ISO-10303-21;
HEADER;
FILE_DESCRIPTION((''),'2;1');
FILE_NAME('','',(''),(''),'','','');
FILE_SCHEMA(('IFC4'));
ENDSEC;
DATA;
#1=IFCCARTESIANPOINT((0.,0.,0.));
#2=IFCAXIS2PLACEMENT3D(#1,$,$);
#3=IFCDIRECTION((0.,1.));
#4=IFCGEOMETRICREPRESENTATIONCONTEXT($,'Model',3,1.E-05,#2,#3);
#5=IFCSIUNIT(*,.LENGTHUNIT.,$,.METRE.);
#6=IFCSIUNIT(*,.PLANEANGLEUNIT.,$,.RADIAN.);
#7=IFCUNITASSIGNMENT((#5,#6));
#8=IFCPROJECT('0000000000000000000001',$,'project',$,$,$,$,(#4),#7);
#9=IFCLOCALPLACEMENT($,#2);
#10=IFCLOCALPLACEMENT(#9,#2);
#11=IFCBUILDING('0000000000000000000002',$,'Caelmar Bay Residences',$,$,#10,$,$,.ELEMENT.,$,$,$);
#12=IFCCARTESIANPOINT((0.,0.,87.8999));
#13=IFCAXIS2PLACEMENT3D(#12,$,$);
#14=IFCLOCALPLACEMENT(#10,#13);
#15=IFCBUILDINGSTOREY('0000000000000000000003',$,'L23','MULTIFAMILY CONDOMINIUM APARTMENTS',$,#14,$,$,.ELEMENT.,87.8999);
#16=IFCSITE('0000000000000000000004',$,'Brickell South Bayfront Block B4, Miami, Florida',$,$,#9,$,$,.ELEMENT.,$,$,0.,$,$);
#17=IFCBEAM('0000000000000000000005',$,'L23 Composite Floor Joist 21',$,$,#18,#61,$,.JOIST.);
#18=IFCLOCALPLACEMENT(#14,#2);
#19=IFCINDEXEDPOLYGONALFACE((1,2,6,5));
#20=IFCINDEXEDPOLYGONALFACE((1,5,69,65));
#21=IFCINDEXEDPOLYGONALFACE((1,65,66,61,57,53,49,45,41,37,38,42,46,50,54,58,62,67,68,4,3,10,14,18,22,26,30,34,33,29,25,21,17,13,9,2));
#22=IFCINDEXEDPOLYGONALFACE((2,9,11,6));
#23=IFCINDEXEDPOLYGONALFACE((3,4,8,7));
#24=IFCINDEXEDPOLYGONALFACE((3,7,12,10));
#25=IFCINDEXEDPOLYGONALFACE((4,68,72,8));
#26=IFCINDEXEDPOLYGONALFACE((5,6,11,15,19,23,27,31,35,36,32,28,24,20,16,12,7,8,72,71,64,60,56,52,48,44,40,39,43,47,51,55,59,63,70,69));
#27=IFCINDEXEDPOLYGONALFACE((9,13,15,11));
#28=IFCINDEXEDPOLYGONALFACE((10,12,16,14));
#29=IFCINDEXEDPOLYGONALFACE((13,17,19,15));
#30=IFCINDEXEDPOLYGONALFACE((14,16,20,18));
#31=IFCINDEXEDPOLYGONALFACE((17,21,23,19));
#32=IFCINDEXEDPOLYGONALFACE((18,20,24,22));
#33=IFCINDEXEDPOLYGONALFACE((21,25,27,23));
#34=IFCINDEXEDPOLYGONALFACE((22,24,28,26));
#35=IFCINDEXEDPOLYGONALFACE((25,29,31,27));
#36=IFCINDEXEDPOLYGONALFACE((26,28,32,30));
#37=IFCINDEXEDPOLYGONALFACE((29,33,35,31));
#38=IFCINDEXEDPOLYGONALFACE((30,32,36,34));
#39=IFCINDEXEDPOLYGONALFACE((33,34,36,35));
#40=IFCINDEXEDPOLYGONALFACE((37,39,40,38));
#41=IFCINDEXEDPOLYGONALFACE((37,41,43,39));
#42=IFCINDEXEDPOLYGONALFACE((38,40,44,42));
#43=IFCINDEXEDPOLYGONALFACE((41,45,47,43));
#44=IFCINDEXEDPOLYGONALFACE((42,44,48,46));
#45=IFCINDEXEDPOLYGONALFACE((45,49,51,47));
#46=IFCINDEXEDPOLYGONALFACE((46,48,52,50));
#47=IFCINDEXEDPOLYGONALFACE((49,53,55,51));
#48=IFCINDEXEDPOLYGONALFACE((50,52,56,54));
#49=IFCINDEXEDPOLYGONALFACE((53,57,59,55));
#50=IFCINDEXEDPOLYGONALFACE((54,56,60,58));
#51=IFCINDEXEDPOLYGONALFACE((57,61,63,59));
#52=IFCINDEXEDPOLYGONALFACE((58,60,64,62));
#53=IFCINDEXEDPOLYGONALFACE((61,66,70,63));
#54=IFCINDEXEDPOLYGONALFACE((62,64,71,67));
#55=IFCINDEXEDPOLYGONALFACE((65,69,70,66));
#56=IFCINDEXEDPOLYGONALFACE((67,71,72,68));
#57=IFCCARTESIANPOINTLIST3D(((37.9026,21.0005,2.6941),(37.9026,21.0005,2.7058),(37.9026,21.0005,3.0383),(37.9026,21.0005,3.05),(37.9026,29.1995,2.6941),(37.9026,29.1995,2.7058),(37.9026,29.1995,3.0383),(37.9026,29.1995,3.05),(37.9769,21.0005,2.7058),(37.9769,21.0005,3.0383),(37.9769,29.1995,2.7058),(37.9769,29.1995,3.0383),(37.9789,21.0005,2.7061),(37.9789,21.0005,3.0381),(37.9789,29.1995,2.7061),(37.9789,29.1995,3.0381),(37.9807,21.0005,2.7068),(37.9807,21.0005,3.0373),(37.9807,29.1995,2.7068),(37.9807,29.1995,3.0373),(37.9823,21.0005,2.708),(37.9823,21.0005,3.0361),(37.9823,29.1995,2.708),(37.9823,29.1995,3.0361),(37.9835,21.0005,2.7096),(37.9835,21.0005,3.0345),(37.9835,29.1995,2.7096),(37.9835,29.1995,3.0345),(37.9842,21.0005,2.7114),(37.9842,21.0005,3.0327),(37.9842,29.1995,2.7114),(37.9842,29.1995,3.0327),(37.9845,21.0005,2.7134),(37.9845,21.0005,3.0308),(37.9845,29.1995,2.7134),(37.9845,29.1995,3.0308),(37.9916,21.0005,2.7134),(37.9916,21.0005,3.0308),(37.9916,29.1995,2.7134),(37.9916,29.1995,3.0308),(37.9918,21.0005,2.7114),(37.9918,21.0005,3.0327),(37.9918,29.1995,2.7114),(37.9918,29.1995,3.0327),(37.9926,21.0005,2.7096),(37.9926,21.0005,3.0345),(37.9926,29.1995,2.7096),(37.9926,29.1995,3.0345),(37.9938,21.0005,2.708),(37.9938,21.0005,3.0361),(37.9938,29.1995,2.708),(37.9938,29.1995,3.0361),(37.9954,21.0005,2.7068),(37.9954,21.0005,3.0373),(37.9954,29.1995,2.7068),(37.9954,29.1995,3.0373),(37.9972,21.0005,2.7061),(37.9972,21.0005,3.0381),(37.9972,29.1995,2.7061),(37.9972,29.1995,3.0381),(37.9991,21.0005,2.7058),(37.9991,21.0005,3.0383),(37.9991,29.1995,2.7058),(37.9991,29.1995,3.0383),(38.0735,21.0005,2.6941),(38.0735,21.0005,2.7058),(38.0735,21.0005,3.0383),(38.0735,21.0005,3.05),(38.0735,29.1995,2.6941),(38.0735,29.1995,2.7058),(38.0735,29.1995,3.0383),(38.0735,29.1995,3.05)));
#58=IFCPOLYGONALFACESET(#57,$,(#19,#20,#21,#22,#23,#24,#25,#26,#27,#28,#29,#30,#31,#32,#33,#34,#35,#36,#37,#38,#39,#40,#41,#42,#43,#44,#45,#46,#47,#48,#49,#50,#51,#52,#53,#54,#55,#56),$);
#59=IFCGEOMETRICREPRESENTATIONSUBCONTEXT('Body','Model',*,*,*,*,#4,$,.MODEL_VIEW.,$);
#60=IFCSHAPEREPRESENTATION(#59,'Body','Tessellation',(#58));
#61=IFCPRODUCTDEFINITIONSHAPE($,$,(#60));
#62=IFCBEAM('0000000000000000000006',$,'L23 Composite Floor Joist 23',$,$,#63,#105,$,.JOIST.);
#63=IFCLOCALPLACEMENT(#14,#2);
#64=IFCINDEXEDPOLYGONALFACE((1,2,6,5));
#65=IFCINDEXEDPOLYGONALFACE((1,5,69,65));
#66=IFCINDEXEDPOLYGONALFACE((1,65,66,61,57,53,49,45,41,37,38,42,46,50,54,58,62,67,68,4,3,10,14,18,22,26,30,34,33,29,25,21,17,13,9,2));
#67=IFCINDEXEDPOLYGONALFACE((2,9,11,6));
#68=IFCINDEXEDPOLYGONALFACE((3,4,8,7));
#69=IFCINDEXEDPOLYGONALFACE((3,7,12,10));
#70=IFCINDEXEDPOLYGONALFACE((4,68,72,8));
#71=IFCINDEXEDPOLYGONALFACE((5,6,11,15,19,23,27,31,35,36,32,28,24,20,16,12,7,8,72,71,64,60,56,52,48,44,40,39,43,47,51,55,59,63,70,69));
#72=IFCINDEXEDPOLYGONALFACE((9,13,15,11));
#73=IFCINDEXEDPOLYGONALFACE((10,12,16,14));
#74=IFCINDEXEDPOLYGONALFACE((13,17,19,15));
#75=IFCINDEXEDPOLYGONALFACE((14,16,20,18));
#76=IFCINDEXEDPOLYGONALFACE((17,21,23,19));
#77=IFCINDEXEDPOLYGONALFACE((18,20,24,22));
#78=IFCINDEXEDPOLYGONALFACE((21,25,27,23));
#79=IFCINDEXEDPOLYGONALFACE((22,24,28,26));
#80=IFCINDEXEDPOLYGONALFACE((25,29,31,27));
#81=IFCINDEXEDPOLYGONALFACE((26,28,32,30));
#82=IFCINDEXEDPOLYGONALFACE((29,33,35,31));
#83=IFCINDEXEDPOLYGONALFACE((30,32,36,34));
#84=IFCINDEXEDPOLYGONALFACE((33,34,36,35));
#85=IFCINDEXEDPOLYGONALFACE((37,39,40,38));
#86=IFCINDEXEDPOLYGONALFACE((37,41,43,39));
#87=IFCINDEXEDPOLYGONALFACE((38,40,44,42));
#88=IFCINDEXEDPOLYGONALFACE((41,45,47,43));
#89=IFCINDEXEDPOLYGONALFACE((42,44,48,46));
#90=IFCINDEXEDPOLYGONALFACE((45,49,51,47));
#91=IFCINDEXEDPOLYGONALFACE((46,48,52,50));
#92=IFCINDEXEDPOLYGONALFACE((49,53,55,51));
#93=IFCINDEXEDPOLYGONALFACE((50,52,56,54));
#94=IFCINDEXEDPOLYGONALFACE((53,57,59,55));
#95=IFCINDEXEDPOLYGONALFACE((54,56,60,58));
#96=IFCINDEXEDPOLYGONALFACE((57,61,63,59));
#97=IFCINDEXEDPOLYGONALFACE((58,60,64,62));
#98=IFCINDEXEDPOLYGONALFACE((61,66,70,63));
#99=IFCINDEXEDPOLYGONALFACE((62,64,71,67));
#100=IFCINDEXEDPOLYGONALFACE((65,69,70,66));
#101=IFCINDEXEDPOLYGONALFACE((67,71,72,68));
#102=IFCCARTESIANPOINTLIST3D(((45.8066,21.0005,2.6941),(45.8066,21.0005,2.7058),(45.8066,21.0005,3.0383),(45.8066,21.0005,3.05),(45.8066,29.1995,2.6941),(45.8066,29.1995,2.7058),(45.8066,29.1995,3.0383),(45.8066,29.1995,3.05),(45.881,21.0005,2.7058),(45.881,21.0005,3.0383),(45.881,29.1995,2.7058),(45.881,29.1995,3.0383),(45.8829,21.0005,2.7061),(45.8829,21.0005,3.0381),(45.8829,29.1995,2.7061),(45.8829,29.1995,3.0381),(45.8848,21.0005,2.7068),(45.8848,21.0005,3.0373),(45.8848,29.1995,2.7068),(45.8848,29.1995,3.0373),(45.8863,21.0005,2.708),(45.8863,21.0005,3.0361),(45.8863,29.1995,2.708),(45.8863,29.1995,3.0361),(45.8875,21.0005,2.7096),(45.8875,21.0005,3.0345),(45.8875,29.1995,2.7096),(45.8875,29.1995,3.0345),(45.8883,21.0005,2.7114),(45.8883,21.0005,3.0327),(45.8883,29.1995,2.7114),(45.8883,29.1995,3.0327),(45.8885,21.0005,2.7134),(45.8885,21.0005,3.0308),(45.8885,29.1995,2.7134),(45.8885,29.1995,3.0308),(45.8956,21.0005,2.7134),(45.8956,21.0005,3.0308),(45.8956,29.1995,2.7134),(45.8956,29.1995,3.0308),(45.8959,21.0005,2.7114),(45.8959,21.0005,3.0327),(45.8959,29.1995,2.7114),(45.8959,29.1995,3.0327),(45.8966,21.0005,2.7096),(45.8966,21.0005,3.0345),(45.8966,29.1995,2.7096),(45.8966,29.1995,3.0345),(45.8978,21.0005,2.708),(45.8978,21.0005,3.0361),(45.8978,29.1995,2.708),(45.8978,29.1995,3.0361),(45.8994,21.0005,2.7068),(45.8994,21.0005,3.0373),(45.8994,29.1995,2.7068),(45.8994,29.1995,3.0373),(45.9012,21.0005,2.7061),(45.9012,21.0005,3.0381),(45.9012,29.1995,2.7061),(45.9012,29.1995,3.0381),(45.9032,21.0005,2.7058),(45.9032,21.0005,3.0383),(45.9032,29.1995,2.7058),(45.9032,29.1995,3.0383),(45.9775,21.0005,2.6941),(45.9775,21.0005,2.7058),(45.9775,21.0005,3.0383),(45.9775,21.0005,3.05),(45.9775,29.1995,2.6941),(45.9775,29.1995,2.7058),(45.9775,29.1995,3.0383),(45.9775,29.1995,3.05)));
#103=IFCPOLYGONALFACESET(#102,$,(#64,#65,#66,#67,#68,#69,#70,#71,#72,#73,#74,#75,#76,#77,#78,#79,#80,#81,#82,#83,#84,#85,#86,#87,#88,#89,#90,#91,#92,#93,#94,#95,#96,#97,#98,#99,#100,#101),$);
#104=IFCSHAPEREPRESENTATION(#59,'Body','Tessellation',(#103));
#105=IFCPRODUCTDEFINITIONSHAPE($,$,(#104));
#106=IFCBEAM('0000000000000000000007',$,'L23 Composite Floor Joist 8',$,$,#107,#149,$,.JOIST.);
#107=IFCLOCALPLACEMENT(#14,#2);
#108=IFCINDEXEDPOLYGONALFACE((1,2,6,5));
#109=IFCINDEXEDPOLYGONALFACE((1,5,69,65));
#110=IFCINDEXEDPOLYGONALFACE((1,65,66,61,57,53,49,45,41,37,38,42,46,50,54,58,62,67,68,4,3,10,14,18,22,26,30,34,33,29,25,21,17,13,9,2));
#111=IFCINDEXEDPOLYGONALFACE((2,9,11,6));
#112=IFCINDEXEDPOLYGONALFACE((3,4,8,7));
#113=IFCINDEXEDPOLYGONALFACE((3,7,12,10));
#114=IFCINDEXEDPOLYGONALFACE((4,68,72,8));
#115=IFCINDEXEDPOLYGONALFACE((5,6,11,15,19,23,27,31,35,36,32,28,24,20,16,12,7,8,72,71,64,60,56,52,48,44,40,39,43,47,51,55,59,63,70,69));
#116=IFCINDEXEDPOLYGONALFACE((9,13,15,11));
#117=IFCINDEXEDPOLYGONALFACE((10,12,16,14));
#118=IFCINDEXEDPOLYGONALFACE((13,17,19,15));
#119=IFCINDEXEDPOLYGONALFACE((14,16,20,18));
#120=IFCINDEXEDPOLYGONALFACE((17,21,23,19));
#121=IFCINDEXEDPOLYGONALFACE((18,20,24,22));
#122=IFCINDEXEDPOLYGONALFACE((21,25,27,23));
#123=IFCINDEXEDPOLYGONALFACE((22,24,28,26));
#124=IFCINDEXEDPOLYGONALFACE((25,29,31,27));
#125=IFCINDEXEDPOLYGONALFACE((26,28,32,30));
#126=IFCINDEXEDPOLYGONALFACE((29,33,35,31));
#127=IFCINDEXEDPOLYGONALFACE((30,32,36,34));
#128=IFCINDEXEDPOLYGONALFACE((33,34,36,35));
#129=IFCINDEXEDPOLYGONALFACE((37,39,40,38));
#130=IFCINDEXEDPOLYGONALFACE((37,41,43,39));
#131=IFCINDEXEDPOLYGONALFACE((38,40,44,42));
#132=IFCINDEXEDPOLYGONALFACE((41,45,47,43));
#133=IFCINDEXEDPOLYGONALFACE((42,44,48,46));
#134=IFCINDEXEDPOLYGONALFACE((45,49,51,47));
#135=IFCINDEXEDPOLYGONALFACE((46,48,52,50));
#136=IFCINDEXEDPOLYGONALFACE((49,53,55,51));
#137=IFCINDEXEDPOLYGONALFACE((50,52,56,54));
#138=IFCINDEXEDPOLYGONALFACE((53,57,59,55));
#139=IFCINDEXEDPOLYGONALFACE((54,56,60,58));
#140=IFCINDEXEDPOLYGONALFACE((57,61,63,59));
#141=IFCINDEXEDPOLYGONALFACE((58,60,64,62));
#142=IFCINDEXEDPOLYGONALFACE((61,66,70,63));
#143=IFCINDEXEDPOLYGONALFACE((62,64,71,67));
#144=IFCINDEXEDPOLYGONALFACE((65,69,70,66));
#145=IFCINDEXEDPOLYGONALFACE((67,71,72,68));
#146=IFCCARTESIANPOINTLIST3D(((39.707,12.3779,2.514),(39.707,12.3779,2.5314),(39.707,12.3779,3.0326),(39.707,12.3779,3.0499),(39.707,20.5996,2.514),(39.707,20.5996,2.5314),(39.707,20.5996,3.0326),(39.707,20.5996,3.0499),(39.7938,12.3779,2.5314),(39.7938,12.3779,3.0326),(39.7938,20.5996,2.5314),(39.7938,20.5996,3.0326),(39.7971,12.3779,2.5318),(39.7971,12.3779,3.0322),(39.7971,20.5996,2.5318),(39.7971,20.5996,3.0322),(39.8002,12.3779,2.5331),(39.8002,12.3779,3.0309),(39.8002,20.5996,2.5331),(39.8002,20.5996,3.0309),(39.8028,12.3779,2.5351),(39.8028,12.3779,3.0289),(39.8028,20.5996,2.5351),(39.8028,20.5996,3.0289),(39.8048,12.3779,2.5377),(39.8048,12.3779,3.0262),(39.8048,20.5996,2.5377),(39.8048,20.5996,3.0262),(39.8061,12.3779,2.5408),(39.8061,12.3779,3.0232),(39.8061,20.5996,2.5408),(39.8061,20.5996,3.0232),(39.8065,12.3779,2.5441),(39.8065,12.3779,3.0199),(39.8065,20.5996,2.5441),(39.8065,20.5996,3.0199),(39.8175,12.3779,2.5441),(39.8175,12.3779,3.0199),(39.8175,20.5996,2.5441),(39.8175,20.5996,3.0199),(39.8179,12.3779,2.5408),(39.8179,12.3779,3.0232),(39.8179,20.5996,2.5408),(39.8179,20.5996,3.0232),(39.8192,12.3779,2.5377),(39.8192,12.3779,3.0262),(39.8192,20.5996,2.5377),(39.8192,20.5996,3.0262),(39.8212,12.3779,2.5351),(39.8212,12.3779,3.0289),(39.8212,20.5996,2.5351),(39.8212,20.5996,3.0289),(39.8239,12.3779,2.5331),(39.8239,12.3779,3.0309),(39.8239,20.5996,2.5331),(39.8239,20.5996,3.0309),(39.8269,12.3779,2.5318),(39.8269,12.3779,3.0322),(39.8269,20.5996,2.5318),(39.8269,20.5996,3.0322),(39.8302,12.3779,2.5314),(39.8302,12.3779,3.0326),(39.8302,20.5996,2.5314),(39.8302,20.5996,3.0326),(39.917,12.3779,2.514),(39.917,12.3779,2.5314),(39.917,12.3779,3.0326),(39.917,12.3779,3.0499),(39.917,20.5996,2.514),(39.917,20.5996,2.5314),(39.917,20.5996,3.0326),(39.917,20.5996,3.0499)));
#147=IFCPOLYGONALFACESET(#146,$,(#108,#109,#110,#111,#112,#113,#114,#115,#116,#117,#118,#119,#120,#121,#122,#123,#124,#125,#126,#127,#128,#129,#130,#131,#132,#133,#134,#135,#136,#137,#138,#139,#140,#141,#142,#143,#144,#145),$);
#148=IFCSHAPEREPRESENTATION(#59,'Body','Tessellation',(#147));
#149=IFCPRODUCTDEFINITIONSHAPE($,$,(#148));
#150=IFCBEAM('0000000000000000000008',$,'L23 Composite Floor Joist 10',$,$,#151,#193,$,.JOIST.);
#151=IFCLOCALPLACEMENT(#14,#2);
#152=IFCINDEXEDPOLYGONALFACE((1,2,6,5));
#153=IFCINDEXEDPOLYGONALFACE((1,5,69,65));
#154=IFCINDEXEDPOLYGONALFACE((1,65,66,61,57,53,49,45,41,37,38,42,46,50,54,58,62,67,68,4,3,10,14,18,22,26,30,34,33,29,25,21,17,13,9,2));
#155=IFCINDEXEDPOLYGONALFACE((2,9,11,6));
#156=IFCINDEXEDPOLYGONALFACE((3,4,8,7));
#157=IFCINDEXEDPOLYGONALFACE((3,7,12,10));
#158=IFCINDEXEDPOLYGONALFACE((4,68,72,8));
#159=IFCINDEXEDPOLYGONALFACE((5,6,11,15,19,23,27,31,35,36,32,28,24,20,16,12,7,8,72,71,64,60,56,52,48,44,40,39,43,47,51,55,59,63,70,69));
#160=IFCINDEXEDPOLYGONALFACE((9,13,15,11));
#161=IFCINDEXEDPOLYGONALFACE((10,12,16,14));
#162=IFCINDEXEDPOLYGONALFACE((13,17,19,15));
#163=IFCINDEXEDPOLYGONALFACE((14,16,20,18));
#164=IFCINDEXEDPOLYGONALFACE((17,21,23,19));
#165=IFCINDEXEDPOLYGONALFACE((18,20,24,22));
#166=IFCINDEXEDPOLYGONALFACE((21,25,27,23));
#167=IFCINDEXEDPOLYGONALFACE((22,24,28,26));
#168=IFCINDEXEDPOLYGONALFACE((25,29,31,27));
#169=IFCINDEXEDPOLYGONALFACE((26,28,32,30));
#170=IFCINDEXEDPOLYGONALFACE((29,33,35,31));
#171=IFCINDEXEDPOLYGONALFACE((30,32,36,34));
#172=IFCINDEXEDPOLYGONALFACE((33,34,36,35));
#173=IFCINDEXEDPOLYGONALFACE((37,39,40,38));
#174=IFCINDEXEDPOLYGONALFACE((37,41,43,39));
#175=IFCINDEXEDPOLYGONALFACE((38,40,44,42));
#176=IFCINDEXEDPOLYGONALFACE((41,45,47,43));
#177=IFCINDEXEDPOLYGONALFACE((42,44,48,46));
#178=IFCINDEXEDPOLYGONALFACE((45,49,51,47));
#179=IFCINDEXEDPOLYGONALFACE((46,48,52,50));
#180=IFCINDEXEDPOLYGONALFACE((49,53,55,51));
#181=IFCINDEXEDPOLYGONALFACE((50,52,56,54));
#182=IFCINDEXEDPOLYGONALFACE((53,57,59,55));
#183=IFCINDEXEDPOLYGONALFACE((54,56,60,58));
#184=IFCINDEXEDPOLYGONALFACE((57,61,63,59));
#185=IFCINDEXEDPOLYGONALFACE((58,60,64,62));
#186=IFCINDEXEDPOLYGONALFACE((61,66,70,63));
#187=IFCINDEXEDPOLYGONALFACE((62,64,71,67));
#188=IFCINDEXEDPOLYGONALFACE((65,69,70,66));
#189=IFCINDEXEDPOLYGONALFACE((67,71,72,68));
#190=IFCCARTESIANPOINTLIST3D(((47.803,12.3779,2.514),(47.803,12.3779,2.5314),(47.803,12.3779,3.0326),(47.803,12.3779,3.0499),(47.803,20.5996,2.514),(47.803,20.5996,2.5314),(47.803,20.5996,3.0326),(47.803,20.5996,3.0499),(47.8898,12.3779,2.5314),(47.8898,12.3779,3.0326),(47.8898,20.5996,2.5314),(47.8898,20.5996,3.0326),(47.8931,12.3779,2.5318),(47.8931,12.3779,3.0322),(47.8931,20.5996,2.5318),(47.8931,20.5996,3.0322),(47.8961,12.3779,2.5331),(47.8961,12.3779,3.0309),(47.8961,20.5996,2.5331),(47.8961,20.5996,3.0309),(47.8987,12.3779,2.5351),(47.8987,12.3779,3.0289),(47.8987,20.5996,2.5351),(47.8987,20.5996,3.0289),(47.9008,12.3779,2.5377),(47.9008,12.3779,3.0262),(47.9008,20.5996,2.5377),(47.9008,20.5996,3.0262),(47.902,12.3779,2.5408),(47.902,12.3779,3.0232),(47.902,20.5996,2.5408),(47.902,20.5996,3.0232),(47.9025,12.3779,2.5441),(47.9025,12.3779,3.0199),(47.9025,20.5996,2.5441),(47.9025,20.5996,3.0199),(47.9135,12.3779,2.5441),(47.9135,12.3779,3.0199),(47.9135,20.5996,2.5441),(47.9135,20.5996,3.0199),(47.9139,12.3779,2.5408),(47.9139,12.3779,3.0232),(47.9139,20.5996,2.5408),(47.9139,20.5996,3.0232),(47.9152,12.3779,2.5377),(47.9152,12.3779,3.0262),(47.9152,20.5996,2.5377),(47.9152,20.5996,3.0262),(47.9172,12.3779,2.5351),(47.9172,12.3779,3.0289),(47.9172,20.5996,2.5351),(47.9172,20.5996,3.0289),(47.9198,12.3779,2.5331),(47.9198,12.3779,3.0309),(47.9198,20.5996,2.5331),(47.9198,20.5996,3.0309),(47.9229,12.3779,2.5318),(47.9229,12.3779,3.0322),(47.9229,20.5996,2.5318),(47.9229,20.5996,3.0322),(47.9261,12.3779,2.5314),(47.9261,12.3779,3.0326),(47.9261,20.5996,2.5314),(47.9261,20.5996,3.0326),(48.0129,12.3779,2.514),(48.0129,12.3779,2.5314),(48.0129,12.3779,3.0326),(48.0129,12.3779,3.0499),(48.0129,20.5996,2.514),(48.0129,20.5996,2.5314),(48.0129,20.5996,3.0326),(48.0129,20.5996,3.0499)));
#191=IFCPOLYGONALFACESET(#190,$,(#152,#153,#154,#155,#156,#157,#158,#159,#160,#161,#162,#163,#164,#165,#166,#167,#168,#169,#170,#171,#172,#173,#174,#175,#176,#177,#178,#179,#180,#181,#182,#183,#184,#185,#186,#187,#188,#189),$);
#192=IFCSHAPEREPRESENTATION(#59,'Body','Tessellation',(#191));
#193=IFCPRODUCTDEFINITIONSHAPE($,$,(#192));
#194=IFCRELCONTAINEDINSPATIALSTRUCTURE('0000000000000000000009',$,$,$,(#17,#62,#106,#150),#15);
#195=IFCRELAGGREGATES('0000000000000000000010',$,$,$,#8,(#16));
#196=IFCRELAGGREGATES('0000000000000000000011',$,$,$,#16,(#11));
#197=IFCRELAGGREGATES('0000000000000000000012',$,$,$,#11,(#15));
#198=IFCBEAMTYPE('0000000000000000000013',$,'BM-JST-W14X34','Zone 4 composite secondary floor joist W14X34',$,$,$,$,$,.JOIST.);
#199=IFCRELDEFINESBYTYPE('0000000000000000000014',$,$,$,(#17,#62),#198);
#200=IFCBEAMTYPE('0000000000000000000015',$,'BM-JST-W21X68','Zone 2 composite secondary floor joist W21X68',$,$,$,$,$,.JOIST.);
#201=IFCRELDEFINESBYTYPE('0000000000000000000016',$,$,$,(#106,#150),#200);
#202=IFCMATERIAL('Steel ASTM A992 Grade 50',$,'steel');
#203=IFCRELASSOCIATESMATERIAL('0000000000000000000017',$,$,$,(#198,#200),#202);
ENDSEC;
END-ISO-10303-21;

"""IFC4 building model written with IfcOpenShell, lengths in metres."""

from ifc_helpers import new_model, si_unit, direction, frame, origin, origin_2d, place, context, subcontext, project, spatial, i_section, extrude, material, material_profile, profile_set, type_object, element, save


model = new_model("IFC4")

# Units and contexts
model_context = context("Model", 3, precision=1e-05, world=origin(), true_north=direction((0.0, 1.0)))
body_context = subcontext(model_context, "Body", "Model", "MODEL_VIEW")
ifc_project = project(units=[si_unit("LENGTHUNIT", "METRE"), si_unit("PLANEANGLEUNIT", "RADIAN")], contexts=[model_context])

# Site, building, storey
site_placement = place(None, origin())
site = spatial("IfcSite", under=ifc_project, at=site_placement, Name="Brickell South Bayfront Block B4, Miami, Florida", CompositionType="ELEMENT", RefElevation=0.0)
building_placement = place(site_placement, origin())
building = spatial("IfcBuilding", under=site, at=building_placement, Name="Caelmar Bay Residences", CompositionType="ELEMENT")
storey_placement = place(building_placement, frame((0.0, 0.0, 87.8999)))
storey = spatial("IfcBuildingStorey", under=building, at=storey_placement, Name="L23", Description="MULTIFAMILY CONDOMINIUM APARTMENTS", CompositionType="ELEMENT", Elevation=87.8999)

# Beams
ifc_material_1 = material(Name="Steel ASTM A992 Grade 50", Category="steel")
ifc_material_profile_1 = material_profile(ifc_material_1, i_section(OverallWidth=0.1709, OverallDepth=0.356, WebThickness=0.0071, FlangeThickness=0.0117, FilletRadius=0.0076, at=origin_2d()), Name="W14X34")
ifc_profile_set_1 = profile_set([ifc_material_profile_1], Name="Steel ASTM A992 Grade 50")
beam_type_1 = type_object("IfcBeamType", Name="BM-JST-W14X34", Description="Zone 4 composite secondary floor joist W14X34", PredefinedType="JOIST", material=ifc_profile_set_1)
for number, where, z_axis, x_axis, name in (
    (1, (37.988, 21.0005, 2.8721), (0.0, 1.0, 0.0), (-1.0, 0.0, 0.0), "L23 Composite Floor Joist 21"),
    (2, (45.8921, 21.0005, 2.8721), (0.0, 1.0, 0.0), (-1.0, 0.0, 0.0), "L23 Composite Floor Joist 23"),
):
    element("IfcBeam", number, at=place(storey_placement, frame(where, z_axis=z_axis, x_axis=x_axis)), inside=storey, type_object=beam_type_1, Name=name, PredefinedType="JOIST", context=body_context, shape_type="SweptSolid", body=[
        extrude(i_section(OverallWidth=0.1709, OverallDepth=0.356, WebThickness=0.0071, FlangeThickness=0.0117, FilletRadius=0.0076, at=origin_2d()), origin(), (0.0, 0.0, 1.0), 8.199),
    ])
ifc_material_profile_2 = material_profile(ifc_material_1, i_section(OverallWidth=0.21, OverallDepth=0.5359, WebThickness=0.011, FlangeThickness=0.0173, FilletRadius=0.0127, at=origin_2d()), Name="W21X68")
ifc_profile_set_2 = profile_set([ifc_material_profile_2], Name="Steel ASTM A992 Grade 50")
beam_type_2 = type_object("IfcBeamType", Name="BM-JST-W21X68", Description="Zone 2 composite secondary floor joist W21X68", PredefinedType="JOIST", material=ifc_profile_set_2)
for number, where, z_axis, x_axis, name in (
    (3, (39.812, 12.3779, 2.782), (0.0, 1.0, 0.0), (-1.0, 0.0, 0.0), "L23 Composite Floor Joist 8"),
    (4, (47.908, 12.3779, 2.782), (0.0, 1.0, 0.0), (-1.0, 0.0, 0.0), "L23 Composite Floor Joist 10"),
):
    element("IfcBeam", number, at=place(storey_placement, frame(where, z_axis=z_axis, x_axis=x_axis)), inside=storey, type_object=beam_type_2, Name=name, PredefinedType="JOIST", context=body_context, shape_type="SweptSolid", body=[
        extrude(i_section(OverallWidth=0.21, OverallDepth=0.5359, WebThickness=0.011, FlangeThickness=0.0173, FilletRadius=0.0127, at=origin_2d()), origin(), (0.0, 0.0, 1.0), 8.2217),
    ])

save(model, "model.ifc")
